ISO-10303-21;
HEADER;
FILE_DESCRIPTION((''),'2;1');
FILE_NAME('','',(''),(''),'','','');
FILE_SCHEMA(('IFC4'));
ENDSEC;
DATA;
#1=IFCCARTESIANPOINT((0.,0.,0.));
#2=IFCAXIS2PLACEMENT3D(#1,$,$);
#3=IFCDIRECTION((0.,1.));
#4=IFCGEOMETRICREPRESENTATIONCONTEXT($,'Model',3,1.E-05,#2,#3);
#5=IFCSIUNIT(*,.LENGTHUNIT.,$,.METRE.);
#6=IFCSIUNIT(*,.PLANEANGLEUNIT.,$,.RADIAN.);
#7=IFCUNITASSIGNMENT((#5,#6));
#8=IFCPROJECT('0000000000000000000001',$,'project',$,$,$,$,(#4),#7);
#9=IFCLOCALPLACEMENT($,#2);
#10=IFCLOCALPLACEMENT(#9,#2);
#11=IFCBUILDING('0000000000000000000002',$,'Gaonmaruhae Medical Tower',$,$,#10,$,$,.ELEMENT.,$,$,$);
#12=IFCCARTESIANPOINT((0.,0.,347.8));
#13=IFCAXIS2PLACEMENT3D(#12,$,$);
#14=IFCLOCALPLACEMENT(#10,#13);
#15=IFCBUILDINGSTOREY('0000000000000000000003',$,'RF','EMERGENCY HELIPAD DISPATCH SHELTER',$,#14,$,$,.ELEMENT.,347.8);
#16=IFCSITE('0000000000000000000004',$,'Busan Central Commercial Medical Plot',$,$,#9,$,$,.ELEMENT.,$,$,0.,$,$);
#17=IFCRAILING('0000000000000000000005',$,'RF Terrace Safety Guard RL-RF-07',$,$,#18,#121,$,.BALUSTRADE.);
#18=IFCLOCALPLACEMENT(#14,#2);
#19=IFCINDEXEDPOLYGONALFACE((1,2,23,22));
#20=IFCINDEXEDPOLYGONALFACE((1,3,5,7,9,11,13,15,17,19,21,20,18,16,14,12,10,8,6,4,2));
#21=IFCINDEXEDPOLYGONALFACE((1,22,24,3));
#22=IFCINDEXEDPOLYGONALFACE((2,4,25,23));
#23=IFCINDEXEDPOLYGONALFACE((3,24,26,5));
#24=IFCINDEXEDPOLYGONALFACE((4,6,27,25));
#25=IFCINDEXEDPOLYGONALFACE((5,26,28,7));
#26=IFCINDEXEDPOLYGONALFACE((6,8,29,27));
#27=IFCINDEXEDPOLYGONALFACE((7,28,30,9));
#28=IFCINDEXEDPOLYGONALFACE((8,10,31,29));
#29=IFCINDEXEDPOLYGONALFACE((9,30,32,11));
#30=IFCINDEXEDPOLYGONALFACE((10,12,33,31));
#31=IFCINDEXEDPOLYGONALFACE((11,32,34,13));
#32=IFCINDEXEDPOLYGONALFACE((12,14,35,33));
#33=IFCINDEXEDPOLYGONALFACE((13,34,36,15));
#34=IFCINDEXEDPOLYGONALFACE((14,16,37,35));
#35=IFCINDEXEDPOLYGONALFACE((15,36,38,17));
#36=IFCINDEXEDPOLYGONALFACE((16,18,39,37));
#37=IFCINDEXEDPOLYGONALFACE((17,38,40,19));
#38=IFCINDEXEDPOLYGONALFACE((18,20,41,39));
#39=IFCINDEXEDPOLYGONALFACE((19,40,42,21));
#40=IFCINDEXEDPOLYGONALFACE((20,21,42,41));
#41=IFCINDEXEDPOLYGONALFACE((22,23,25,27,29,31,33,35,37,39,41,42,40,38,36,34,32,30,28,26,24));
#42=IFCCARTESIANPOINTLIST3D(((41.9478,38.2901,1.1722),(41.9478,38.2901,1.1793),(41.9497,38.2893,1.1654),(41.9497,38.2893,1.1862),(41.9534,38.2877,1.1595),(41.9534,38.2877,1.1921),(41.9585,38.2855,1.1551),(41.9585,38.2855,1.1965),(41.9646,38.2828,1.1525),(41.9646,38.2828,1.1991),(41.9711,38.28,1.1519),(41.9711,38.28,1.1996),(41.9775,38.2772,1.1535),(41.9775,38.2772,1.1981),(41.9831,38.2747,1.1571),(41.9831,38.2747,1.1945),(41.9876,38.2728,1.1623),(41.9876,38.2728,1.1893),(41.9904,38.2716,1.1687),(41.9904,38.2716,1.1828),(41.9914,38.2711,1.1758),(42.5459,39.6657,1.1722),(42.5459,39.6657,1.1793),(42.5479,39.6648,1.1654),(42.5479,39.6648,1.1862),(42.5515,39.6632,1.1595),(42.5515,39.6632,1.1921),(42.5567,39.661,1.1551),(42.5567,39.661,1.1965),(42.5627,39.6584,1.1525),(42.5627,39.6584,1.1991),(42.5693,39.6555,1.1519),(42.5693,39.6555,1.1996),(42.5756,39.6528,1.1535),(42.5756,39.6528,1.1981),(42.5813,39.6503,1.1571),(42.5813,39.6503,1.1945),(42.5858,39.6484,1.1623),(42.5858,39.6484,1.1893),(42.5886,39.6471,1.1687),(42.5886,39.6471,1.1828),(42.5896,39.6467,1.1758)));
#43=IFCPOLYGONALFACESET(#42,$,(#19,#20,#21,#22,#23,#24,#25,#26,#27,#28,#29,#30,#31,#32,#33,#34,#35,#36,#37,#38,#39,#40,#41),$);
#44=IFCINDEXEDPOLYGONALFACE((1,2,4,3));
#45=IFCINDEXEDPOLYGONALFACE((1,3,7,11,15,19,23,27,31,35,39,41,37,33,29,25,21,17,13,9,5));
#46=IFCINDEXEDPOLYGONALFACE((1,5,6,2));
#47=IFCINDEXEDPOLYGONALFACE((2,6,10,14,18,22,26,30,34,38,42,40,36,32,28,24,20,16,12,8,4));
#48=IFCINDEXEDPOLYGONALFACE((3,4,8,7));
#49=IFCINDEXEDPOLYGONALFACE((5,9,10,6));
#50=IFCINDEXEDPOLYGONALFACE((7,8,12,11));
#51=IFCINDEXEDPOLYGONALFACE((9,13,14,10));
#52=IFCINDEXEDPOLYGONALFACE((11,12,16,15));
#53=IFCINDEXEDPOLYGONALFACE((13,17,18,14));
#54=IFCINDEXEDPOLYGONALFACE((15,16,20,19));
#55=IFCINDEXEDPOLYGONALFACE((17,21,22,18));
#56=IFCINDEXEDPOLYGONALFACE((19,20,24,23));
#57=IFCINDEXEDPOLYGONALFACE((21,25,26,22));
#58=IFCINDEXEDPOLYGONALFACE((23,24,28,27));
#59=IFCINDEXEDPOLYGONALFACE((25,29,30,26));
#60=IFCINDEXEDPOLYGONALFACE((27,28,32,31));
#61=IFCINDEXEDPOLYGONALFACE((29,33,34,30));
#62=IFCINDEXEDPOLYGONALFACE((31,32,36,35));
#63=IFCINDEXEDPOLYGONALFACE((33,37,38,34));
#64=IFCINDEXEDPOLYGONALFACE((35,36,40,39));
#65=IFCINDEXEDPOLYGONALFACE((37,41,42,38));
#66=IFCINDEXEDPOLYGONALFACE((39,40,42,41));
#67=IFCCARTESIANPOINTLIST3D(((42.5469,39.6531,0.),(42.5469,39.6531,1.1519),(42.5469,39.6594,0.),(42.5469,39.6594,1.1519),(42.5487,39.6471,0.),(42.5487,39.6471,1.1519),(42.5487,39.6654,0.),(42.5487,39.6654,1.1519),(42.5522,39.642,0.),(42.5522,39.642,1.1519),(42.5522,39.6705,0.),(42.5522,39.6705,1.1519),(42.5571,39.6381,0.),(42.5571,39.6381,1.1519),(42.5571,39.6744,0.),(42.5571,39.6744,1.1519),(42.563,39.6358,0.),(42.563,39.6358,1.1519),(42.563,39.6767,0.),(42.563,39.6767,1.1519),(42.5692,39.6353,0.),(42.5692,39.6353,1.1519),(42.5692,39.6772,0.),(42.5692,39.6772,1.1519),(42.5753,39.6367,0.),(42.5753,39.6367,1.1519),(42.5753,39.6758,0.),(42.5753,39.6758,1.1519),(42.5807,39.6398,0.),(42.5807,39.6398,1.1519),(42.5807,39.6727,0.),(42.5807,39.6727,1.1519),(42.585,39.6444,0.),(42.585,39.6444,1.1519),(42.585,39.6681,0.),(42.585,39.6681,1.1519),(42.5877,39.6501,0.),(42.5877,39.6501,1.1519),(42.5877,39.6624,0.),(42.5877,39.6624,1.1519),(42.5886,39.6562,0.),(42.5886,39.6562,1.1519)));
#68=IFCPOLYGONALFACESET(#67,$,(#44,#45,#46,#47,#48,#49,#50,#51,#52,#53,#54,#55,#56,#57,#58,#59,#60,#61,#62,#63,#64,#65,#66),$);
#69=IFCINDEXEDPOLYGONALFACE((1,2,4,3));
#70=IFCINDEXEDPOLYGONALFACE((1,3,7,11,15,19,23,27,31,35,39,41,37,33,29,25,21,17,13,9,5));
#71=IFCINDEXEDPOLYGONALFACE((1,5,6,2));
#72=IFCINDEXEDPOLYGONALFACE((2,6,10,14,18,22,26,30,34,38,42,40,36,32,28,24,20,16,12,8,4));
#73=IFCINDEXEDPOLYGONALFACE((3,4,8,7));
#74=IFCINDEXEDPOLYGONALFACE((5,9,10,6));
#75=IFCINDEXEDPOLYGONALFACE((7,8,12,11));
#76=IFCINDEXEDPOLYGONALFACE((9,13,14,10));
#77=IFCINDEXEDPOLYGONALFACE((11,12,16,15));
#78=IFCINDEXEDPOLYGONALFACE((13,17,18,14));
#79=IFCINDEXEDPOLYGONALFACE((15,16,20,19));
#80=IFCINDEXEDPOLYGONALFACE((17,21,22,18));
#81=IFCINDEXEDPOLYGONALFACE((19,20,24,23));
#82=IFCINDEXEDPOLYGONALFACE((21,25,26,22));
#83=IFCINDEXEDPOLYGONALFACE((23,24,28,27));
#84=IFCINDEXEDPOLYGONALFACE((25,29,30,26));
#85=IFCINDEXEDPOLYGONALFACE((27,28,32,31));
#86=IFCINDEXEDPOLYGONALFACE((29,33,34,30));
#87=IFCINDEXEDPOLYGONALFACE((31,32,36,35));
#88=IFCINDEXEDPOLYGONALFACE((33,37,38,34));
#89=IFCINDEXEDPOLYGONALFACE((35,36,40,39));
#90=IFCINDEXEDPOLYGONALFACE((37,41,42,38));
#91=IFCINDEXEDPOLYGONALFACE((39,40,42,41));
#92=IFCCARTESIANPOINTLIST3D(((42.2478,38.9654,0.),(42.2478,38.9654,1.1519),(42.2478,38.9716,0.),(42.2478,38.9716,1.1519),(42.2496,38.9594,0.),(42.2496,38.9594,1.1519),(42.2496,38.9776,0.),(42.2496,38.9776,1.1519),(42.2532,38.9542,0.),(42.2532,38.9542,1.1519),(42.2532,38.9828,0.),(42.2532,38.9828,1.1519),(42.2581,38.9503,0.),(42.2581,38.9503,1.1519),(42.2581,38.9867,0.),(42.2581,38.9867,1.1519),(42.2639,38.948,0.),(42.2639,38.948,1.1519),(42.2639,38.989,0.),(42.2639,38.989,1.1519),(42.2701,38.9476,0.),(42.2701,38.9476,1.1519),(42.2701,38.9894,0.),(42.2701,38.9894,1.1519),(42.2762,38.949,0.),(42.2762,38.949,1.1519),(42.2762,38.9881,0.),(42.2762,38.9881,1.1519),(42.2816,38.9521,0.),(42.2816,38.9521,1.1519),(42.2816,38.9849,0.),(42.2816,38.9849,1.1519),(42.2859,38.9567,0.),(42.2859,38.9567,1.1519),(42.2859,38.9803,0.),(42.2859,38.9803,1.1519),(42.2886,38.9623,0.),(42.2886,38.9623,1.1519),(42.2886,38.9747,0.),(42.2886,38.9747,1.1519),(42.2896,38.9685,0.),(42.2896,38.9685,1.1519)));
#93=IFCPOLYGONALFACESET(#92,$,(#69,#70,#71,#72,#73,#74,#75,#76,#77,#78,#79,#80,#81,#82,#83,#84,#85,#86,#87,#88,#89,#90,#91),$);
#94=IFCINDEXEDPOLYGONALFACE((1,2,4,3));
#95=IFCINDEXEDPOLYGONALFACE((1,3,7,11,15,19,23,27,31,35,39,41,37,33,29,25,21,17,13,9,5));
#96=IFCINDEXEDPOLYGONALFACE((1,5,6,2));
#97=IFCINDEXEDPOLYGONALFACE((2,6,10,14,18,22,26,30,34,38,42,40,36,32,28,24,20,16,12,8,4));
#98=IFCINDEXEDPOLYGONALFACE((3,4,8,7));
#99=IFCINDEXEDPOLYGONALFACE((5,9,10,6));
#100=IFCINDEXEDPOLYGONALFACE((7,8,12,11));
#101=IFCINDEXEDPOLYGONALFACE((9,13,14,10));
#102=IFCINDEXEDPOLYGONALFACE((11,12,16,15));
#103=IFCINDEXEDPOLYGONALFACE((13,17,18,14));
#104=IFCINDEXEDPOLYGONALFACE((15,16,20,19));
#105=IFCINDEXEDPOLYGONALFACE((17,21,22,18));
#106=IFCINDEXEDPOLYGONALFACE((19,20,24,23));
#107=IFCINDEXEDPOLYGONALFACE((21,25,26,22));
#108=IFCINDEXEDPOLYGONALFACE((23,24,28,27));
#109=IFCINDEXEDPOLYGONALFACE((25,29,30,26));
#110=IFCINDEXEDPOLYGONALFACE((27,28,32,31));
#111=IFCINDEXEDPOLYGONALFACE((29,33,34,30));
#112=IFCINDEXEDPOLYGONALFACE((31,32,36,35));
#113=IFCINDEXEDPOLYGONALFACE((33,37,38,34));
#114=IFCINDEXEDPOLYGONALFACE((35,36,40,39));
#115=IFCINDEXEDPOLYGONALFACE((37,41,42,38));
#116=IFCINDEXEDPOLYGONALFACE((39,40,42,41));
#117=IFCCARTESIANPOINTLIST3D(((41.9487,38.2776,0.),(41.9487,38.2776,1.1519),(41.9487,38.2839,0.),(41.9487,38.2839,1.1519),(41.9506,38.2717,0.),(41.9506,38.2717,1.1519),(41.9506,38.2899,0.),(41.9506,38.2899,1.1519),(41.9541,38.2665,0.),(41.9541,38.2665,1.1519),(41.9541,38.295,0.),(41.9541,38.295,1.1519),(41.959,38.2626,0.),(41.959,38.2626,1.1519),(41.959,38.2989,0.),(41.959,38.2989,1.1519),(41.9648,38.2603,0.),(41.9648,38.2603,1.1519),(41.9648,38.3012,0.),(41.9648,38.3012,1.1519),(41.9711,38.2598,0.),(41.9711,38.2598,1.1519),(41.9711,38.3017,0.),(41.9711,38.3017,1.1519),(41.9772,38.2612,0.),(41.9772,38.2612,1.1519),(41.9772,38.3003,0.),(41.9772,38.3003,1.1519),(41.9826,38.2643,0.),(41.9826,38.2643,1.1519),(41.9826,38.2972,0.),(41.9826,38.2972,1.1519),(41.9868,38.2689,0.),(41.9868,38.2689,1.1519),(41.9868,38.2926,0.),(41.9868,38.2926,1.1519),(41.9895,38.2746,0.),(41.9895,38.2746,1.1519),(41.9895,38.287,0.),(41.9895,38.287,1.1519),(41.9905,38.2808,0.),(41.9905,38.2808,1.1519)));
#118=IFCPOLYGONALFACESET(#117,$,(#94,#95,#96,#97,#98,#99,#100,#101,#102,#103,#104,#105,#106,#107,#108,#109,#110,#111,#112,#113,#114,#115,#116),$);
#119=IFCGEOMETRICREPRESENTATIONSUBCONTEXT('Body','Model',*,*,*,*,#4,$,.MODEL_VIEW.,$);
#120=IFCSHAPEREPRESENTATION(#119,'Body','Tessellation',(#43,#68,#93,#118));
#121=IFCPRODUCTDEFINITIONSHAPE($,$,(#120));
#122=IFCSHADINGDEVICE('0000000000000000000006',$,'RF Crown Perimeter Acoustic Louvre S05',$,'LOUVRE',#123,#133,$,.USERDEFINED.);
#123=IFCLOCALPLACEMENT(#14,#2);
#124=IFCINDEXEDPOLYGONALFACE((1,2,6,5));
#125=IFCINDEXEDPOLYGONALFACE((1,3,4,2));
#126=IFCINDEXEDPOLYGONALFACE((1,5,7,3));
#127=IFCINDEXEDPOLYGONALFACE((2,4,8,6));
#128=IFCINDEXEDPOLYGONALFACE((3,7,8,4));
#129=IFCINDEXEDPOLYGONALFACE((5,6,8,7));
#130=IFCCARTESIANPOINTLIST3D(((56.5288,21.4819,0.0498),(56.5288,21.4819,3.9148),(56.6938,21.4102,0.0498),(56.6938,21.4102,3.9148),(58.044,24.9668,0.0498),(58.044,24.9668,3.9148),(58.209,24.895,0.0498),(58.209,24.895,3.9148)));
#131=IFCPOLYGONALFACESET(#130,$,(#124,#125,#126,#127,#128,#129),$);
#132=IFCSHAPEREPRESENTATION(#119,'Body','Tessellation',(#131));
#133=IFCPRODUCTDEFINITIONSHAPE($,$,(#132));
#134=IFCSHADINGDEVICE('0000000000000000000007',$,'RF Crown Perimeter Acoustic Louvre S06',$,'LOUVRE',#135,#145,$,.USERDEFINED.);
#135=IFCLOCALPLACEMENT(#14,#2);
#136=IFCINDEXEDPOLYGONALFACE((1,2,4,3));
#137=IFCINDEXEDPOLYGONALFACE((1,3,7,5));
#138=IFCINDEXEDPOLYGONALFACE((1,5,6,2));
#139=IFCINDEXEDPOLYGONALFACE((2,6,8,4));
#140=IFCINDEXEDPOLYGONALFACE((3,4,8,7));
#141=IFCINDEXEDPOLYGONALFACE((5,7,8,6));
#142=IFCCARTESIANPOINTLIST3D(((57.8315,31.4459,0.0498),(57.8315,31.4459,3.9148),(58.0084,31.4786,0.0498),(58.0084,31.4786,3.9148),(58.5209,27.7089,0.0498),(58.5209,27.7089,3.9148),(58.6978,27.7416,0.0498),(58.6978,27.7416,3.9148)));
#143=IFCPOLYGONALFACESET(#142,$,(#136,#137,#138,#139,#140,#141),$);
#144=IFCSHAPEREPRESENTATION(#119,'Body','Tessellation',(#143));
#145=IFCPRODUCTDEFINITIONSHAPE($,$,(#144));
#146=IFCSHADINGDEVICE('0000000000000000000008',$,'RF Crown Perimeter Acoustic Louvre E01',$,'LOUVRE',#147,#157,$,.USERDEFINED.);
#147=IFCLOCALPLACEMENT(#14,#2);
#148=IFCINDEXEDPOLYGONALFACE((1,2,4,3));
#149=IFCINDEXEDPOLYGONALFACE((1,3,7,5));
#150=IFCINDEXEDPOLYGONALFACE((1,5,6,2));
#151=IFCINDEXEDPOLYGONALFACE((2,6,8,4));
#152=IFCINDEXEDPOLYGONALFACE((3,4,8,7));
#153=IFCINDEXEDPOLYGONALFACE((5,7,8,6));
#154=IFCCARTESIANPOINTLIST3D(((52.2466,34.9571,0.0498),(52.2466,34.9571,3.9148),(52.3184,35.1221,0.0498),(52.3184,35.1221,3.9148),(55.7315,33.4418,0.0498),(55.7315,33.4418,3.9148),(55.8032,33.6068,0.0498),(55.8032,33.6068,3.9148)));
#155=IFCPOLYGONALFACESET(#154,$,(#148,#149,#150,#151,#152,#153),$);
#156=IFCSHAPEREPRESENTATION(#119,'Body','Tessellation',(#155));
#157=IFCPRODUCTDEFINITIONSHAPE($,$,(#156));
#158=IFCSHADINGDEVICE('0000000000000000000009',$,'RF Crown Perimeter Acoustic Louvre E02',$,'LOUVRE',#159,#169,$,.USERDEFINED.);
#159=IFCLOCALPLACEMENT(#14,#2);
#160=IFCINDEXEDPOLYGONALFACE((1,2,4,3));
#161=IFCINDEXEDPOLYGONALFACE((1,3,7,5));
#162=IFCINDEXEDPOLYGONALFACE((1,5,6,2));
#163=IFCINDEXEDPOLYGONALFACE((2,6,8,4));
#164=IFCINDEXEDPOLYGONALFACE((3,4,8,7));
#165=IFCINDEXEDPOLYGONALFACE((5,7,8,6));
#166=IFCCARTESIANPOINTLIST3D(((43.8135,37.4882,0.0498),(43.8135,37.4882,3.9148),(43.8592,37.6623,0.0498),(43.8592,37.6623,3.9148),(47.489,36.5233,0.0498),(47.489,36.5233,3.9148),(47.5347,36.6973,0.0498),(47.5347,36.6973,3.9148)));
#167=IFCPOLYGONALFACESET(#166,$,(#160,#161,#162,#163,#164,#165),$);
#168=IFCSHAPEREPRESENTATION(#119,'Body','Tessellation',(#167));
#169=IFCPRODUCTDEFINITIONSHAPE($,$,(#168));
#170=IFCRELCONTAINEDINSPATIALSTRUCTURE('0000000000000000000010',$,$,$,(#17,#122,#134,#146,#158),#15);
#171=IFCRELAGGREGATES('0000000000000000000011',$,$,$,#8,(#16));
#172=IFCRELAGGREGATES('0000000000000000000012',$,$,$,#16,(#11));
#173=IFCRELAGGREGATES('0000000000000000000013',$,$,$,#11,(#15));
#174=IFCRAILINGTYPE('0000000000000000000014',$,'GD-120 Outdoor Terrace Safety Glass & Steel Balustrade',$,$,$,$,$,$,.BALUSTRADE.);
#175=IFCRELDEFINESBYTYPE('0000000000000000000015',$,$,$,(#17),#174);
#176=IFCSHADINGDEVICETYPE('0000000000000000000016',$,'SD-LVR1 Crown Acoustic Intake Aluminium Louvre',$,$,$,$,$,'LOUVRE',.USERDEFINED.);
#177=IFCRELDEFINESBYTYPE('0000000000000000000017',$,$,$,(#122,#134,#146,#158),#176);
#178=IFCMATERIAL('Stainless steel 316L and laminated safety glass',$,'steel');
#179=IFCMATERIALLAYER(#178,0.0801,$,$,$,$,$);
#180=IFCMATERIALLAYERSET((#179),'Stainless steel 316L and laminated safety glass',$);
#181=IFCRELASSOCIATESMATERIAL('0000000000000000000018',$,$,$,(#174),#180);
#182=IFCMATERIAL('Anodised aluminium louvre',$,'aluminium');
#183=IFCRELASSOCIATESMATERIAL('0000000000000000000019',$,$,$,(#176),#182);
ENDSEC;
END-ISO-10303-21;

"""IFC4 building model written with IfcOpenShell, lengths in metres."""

from ifc_helpers import new_model, si_unit, direction, frame, origin, origin_2d, place, context, subcontext, project, spatial, rectangle, circle, extrude, material, layer, layer_set, type_object, element, save


model = new_model("IFC4")

# Units and contexts
model_context = context("Model", 3, precision=1e-05, world=origin(), true_north=direction((0.0, 1.0)))
body_context = subcontext(model_context, "Body", "Model", "MODEL_VIEW")
ifc_project = project(units=[si_unit("LENGTHUNIT", "METRE"), si_unit("PLANEANGLEUNIT", "RADIAN")], contexts=[model_context])

# Site, building, storey
site_placement = place(None, origin())
site = spatial("IfcSite", under=ifc_project, at=site_placement, Name="Busan Central Commercial Medical Plot", CompositionType="ELEMENT", RefElevation=0.0)
building_placement = place(site_placement, origin())
building = spatial("IfcBuilding", under=site, at=building_placement, Name="Gaonmaruhae Medical Tower", CompositionType="ELEMENT")
storey_placement = place(building_placement, frame((0.0, 0.0, 347.8)))
storey = spatial("IfcBuildingStorey", under=building, at=storey_placement, Name="RF", Description="EMERGENCY HELIPAD DISPATCH SHELTER", CompositionType="ELEMENT", Elevation=347.8)

# Railing
ifc_material_1 = material(Name="Stainless steel 316L and laminated safety glass", Category="steel")
ifc_layer_1 = layer(ifc_material_1, 0.0801)
ifc_layer_set_1 = layer_set([ifc_layer_1], Name="Stainless steel 316L and laminated safety glass")
railing_type = type_object("IfcRailingType", Name="GD-120 Outdoor Terrace Safety Glass & Steel Balustrade", PredefinedType="BALUSTRADE", material=ifc_layer_set_1)
railing_1_placement = place(storey_placement, frame((42.5676, 39.6562, 0.0)))
element("IfcRailing", 1, at=railing_1_placement, inside=storey, type_object=railing_type, Name="RF Terrace Safety Guard RL-RF-07", PredefinedType="BALUSTRADE", context=body_context, shape_type="SweptSolid", body=[
    extrude(circle(Radius=0.0239, at=origin_2d()), frame((0.0, 0.0, 1.1758), z_axis=(-0.398786, -0.917044, 0.0), x_axis=(0.917044, -0.398786, 0.0)), (0.0, 0.0, 1.0), 1.5),
    extrude(circle(Radius=0.021, at=origin_2d()), origin(), (0.0, 0.0, 1.0), 1.1519),
    extrude(circle(Radius=0.021, at=origin_2d()), frame((-0.2991, -0.6877, 0.0)), (0.0, 0.0, 1.0), 1.1519),
    extrude(circle(Radius=0.021, at=origin_2d()), frame((-0.5981, -1.3755, 0.0)), (0.0, 0.0, 1.0), 1.1519),
])

# Shading devices
ifc_material_2 = material(Name="Anodised aluminium louvre", Category="aluminium")
shading_device_type = type_object("IfcShadingDeviceType", Name="SD-LVR1 Crown Acoustic Intake Aluminium Louvre", ElementType="LOUVRE", PredefinedType="USERDEFINED", material=ifc_material_2)
for number, where, z_axis, x_axis, name in (
    (2, (57.3689, 23.1885, 0.0498), (0.0, 0.0, 1.0), (-0.398749, -0.91706, 0.0), "RF Crown Perimeter Acoustic Louvre S05"),
    (3, (58.2646, 29.5938, 0.0498), (0.0, 0.0, 1.0), (0.181412, -0.983407, 0.0), "RF Crown Perimeter Acoustic Louvre S06"),
    (4, (54.0249, 34.282, 0.0498), (0.0, 0.0, 1.0), (0.917053, -0.398765, 0.0), "RF Crown Perimeter Acoustic Louvre E01"),
    (5, (45.6741, 37.0928, 0.0498), (0.0, 0.0, 1.0), (0.967223, -0.253927, 0.0), "RF Crown Perimeter Acoustic Louvre E02"),
):
    element("IfcShadingDevice", number, at=place(storey_placement, frame(where, z_axis=z_axis, x_axis=x_axis)), inside=storey, type_object=shading_device_type, Name=name, ObjectType="LOUVRE", PredefinedType="USERDEFINED", context=body_context, shape_type="SweptSolid", body=[
        extrude(rectangle(XDim=3.8, YDim=0.1799, at=origin_2d()), origin(), (0.0, 0.0, 1.0), 3.865),
    ])

save(model, "model.ifc")
